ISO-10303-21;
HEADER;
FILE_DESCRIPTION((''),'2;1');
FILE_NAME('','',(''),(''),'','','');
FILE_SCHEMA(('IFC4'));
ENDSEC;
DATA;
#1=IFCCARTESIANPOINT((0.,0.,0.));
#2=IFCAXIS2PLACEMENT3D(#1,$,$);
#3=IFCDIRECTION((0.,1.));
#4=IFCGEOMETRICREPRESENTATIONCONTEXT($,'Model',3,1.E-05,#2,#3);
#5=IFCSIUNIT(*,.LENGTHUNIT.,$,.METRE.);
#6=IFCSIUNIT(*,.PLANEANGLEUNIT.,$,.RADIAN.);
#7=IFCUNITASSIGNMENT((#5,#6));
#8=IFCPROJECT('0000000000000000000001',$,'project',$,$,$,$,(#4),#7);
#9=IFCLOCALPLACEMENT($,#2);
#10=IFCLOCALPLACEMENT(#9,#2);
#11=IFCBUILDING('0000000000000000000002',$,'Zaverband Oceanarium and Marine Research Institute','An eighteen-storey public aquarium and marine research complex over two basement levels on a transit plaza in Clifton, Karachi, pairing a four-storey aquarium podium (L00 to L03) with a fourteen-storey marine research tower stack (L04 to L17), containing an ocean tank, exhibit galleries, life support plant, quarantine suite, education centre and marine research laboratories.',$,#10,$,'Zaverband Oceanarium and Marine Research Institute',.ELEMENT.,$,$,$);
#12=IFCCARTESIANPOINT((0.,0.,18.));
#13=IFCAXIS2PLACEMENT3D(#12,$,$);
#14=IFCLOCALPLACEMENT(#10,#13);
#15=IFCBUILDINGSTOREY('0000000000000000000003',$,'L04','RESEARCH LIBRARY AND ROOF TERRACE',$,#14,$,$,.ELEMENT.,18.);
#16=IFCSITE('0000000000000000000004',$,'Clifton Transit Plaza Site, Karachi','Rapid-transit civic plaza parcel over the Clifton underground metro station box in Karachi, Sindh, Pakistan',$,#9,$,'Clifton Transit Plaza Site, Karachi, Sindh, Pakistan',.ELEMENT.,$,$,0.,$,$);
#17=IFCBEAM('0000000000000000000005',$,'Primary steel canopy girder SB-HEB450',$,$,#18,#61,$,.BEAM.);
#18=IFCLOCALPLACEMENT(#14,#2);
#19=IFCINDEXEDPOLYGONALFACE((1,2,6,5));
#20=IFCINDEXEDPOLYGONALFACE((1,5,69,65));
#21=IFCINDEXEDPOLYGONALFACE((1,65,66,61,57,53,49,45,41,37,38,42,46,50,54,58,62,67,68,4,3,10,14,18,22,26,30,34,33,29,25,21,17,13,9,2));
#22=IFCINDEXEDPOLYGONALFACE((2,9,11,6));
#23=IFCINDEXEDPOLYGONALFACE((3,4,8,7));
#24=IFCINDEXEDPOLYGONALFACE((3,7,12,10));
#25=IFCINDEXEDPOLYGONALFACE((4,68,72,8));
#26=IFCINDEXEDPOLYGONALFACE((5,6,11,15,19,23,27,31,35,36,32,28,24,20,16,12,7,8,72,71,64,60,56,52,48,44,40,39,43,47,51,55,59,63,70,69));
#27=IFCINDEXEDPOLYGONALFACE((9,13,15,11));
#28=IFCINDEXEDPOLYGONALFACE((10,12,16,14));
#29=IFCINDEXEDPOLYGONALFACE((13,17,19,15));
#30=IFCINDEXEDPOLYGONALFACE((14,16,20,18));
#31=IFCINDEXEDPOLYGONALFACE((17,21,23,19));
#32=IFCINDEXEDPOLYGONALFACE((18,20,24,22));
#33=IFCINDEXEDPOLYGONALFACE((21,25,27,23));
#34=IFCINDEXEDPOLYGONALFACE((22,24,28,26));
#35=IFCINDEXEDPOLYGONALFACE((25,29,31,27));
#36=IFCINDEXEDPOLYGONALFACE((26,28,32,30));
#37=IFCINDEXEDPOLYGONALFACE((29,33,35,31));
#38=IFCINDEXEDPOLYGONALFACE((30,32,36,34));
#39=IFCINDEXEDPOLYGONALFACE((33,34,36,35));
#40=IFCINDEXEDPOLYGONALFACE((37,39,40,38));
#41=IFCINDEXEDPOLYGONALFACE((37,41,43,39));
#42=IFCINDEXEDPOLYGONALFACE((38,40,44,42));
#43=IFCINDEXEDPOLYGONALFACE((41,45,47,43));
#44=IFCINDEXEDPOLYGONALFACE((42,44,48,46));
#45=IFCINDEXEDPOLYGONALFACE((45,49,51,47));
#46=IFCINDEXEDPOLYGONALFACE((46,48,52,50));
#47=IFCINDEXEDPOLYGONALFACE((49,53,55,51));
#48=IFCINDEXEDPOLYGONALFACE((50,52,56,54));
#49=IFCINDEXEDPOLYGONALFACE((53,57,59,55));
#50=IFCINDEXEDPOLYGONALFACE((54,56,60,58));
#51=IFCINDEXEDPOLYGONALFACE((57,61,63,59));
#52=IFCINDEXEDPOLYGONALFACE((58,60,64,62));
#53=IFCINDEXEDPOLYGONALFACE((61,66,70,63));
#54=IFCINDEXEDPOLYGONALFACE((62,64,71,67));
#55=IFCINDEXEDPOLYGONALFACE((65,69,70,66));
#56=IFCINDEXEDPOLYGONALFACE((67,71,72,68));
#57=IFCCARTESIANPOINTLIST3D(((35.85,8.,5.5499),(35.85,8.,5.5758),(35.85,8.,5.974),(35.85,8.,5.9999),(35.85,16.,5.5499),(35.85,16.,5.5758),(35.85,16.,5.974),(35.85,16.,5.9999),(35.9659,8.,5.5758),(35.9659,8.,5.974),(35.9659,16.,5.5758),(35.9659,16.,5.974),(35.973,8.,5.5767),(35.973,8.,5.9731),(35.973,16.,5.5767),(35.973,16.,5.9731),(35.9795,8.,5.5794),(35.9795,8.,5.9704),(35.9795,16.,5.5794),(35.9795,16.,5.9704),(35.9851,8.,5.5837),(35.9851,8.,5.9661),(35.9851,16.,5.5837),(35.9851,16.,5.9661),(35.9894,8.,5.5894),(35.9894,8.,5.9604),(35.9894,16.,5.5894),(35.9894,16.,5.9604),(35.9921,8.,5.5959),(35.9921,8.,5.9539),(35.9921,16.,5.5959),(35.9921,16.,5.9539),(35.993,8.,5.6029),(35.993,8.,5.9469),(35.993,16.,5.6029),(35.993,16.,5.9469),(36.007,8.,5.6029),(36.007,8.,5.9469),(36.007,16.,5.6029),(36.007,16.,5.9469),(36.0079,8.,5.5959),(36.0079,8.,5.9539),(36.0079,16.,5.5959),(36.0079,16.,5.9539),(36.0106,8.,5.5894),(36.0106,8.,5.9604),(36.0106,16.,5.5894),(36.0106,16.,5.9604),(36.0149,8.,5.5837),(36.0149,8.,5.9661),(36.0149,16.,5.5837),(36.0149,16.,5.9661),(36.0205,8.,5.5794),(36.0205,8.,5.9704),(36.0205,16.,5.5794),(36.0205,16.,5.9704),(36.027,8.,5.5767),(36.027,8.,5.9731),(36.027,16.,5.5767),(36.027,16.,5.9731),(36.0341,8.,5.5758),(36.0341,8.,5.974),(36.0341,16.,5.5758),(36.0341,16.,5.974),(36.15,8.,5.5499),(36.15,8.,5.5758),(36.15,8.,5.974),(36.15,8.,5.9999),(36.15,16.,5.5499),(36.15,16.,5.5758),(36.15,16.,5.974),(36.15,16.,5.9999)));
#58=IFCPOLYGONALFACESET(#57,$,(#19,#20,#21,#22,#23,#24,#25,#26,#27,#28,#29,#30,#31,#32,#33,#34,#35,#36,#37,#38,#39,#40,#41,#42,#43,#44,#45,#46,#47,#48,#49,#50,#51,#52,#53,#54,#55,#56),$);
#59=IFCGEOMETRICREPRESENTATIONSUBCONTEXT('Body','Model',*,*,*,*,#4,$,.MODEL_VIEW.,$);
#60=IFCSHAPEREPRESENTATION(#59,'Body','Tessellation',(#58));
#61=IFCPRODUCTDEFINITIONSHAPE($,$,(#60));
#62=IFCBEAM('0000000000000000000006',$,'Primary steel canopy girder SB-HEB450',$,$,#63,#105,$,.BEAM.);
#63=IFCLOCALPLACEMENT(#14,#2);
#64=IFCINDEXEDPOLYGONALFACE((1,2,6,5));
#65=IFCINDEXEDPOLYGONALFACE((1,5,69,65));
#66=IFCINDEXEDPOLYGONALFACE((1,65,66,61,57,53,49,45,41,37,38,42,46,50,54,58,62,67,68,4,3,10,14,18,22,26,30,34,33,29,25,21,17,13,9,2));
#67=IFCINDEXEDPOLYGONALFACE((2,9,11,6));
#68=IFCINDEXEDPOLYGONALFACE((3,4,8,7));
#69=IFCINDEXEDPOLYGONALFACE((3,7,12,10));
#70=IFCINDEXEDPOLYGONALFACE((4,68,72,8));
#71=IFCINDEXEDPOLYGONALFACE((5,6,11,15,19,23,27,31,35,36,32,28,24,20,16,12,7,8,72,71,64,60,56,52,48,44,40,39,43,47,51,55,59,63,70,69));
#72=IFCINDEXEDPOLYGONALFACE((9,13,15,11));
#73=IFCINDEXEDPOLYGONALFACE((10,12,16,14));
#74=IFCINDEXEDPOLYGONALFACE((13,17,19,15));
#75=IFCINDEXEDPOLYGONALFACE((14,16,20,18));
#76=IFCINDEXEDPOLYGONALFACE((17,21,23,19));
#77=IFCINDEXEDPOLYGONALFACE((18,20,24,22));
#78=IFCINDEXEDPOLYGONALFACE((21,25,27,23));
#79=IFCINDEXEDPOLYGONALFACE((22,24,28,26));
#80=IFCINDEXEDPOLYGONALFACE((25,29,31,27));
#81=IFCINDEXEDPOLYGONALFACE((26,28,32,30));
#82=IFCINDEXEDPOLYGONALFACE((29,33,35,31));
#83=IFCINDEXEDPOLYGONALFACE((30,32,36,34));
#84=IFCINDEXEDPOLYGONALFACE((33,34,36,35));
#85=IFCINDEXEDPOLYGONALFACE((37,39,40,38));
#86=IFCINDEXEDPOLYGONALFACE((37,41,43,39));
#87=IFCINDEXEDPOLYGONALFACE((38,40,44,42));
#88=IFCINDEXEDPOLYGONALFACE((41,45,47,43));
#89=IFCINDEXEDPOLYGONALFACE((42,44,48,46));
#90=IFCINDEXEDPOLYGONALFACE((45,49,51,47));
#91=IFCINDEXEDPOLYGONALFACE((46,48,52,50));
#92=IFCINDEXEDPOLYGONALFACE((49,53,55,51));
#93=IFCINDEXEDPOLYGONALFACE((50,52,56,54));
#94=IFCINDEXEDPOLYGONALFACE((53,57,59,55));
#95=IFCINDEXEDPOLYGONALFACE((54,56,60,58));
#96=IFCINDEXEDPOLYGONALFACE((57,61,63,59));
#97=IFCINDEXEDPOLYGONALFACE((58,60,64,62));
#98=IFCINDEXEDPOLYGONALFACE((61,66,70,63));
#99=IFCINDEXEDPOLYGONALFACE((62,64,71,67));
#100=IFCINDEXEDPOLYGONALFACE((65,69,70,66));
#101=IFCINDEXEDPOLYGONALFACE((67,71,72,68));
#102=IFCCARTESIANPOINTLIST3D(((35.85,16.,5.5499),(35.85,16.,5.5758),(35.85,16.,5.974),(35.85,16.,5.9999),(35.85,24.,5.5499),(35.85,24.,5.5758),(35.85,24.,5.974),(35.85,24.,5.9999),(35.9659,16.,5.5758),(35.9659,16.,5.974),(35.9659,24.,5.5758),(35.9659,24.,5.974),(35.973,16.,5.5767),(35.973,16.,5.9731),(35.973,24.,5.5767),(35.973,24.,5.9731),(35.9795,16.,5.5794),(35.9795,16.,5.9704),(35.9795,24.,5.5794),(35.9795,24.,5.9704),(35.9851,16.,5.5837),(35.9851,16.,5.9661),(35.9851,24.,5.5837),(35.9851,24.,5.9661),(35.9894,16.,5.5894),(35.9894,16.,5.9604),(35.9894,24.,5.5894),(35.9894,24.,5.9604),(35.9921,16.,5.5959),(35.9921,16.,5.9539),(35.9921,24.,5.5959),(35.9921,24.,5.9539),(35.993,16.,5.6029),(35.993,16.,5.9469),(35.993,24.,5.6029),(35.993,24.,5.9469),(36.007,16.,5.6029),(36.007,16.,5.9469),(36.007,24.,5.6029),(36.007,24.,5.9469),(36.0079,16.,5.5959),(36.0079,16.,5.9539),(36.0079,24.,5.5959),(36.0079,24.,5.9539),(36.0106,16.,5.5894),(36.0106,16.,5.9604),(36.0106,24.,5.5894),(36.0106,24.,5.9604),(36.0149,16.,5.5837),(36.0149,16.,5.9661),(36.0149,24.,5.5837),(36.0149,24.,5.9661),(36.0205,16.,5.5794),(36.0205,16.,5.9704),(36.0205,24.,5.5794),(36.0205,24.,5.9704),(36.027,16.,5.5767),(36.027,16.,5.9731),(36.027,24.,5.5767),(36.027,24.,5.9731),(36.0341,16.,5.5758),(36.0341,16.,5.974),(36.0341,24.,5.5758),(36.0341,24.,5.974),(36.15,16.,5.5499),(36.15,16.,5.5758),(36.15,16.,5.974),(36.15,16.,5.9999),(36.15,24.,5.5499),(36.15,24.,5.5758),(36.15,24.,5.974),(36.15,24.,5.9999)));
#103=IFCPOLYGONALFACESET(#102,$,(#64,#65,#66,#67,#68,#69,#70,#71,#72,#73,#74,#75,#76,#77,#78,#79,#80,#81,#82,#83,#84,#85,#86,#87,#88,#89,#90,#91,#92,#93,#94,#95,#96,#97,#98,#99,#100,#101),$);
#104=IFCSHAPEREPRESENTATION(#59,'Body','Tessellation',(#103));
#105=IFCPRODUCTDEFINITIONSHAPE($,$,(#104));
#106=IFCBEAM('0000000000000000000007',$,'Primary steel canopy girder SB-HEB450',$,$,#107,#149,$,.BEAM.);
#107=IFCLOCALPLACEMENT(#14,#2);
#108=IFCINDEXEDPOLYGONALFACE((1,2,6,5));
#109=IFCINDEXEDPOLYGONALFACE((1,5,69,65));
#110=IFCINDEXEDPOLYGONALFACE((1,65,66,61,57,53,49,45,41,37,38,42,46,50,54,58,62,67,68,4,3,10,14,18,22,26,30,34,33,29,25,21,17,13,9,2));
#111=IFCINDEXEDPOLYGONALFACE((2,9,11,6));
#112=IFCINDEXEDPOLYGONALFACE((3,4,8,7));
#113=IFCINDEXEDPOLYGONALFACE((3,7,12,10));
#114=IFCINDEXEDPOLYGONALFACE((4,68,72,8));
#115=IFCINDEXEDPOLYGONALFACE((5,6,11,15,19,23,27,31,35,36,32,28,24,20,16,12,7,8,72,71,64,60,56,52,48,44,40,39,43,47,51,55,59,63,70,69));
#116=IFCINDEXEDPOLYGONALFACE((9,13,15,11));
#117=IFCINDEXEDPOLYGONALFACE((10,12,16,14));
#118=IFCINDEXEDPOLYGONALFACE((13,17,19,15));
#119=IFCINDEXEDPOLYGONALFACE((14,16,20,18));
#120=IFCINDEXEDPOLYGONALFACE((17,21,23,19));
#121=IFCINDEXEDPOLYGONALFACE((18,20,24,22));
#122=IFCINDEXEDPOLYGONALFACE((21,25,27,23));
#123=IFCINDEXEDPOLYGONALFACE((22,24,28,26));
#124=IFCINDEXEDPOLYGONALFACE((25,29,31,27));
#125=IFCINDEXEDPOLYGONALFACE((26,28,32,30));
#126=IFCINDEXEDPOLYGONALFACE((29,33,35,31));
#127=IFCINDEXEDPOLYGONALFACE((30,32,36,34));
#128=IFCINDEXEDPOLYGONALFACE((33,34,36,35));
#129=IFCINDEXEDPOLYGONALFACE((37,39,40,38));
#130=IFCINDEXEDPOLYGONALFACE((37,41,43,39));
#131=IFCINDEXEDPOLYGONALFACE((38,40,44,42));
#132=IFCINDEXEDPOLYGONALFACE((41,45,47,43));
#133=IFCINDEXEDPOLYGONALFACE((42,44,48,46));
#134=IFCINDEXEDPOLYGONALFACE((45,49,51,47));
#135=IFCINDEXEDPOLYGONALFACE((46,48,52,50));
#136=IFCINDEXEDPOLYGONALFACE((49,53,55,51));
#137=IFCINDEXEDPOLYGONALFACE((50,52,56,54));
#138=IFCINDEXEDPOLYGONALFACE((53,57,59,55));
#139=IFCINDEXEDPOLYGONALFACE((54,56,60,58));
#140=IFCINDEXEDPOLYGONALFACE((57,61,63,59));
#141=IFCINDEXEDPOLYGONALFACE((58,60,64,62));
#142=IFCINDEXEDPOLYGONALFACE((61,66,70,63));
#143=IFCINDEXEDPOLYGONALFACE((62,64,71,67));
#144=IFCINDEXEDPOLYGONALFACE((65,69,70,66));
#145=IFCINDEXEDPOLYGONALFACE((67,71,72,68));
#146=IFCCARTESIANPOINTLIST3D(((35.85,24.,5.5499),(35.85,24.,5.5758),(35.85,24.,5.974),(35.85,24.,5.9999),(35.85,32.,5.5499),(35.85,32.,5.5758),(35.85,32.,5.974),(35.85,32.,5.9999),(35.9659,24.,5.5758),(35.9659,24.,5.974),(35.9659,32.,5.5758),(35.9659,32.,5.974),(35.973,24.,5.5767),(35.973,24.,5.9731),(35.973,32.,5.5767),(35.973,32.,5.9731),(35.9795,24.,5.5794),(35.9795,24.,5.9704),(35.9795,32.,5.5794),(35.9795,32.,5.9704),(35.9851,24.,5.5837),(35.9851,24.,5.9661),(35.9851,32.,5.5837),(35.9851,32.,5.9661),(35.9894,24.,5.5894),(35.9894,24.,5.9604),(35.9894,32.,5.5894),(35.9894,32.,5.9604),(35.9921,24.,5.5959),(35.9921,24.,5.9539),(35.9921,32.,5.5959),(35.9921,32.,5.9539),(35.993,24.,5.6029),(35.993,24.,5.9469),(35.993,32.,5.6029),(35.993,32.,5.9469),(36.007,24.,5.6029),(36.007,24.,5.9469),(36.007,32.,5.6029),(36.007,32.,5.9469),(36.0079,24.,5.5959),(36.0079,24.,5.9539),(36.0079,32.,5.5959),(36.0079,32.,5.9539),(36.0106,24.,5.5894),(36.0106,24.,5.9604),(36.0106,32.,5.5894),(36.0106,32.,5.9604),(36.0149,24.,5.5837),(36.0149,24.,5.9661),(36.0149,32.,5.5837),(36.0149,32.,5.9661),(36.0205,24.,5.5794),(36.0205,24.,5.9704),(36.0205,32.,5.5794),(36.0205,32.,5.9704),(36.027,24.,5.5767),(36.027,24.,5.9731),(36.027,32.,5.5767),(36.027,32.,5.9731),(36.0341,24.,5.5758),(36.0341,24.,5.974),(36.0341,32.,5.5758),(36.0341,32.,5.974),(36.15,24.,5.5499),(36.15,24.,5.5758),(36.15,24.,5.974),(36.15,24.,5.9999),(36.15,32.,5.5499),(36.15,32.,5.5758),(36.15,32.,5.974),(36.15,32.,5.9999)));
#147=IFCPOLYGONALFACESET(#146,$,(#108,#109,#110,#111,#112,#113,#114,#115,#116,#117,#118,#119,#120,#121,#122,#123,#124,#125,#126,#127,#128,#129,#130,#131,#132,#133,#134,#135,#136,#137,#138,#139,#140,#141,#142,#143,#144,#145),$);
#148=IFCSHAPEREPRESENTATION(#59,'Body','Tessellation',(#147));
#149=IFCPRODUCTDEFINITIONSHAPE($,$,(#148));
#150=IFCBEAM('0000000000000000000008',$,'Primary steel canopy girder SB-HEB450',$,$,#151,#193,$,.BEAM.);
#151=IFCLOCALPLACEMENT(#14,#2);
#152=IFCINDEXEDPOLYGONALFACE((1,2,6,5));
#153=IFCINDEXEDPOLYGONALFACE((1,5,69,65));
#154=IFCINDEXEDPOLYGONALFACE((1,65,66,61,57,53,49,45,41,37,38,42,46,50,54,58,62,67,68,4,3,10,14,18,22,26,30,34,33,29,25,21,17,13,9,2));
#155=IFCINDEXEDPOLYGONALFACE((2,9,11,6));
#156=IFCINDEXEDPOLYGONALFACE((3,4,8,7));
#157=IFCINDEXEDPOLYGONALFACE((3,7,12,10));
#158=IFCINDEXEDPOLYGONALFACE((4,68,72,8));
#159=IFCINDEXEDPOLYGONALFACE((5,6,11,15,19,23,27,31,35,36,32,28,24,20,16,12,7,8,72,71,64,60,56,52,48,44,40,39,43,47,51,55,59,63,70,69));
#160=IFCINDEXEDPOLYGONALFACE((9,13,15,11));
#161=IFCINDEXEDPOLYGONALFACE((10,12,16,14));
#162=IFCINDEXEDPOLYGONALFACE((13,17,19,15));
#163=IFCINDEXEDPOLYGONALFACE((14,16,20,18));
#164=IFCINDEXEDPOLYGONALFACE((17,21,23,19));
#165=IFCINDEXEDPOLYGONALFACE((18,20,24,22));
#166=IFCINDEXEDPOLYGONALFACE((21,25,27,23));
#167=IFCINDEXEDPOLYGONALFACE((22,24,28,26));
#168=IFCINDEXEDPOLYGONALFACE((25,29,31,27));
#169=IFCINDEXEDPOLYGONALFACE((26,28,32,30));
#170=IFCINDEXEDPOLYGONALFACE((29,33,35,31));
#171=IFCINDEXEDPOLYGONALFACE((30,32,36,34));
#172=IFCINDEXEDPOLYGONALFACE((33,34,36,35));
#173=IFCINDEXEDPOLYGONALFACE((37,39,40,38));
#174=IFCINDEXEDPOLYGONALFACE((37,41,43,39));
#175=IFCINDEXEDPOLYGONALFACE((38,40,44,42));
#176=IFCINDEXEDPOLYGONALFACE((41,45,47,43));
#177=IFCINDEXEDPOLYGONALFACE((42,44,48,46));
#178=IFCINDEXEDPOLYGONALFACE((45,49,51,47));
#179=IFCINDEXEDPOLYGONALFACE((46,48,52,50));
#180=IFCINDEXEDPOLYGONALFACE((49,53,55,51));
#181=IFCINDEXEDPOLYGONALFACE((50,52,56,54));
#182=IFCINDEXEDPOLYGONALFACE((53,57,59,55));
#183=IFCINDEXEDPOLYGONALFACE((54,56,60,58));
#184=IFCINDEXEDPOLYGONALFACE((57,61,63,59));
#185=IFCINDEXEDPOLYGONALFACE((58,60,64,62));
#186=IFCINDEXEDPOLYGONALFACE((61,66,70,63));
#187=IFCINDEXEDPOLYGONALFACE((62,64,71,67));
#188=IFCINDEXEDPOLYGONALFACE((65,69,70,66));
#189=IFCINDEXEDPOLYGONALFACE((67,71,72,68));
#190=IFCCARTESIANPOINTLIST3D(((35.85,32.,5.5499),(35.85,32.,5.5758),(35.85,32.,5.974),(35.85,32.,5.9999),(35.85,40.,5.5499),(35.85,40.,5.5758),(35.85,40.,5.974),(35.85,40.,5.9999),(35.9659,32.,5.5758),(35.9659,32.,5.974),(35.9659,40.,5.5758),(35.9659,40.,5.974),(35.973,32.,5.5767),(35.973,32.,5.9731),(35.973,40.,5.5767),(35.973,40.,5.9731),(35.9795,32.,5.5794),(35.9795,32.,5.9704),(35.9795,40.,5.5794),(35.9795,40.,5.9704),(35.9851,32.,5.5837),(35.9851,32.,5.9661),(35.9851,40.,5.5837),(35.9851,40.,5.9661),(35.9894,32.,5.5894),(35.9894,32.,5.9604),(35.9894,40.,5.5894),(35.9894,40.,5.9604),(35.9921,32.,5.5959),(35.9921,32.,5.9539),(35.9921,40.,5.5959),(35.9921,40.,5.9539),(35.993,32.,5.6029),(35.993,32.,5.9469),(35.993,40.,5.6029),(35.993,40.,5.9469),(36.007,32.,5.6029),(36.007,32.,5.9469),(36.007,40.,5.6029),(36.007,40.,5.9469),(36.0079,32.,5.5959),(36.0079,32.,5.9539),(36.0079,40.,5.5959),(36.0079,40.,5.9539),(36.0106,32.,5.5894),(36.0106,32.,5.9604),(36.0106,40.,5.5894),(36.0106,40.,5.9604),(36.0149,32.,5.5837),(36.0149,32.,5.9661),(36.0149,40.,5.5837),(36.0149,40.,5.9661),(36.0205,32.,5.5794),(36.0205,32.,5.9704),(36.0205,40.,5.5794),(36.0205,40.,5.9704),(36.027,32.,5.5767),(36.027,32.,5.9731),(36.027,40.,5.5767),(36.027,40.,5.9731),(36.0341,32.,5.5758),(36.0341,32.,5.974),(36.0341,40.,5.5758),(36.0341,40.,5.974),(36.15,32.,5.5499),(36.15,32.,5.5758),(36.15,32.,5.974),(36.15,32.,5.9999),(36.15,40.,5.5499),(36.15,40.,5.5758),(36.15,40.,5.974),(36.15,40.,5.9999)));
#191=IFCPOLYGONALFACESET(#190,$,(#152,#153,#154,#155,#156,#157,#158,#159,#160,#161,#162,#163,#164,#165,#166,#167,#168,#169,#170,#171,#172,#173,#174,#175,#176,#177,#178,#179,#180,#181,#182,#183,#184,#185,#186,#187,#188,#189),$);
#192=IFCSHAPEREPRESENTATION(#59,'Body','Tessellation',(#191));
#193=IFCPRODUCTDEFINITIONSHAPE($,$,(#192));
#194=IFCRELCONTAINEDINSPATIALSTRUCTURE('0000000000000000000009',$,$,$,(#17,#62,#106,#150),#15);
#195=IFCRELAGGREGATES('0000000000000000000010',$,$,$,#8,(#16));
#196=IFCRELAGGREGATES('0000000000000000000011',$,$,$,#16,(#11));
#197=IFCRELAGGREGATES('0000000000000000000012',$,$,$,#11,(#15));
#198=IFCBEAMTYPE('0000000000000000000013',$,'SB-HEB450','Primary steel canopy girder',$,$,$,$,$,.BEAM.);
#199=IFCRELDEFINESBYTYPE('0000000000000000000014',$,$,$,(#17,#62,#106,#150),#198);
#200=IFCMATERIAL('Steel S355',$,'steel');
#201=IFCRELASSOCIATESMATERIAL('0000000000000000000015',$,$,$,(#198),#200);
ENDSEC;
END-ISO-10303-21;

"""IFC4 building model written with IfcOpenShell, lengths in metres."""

from ifc_helpers import new_model, si_unit, direction, frame, origin, origin_2d, place, context, subcontext, project, spatial, i_section, extrude, material, material_profile, profile_set, type_object, element, save


model = new_model("IFC4")

# Units and contexts
model_context = context("Model", 3, precision=1e-05, world=origin(), true_north=direction((0.0, 1.0)))
body_context = subcontext(model_context, "Body", "Model", "MODEL_VIEW")
ifc_project = project(units=[si_unit("LENGTHUNIT", "METRE"), si_unit("PLANEANGLEUNIT", "RADIAN")], contexts=[model_context])

# Site, building, storey
site_placement = place(None, origin())
site = spatial("IfcSite", under=ifc_project, at=site_placement, Name="Clifton Transit Plaza Site, Karachi", Description="Rapid-transit civic plaza parcel over the Clifton underground metro station box in Karachi, Sindh, Pakistan", LongName="Clifton Transit Plaza Site, Karachi, Sindh, Pakistan", CompositionType="ELEMENT", RefElevation=0.0)
building_placement = place(site_placement, origin())
building = spatial("IfcBuilding", under=site, at=building_placement, Name="Zaverband Oceanarium and Marine Research Institute", Description="An eighteen-storey public aquarium and marine research complex over two basement levels on a transit plaza in Clifton, Karachi, pairing a four-storey aquarium podium (L00 to L03) with a fourteen-storey marine research tower stack (L04 to L17), containing an ocean tank, exhibit galleries, life support plant, quarantine suite, education centre and marine research laboratories.", LongName="Zaverband Oceanarium and Marine Research Institute", CompositionType="ELEMENT")
storey_placement = place(building_placement, frame((0.0, 0.0, 18.0)))
storey = spatial("IfcBuildingStorey", under=building, at=storey_placement, Name="L04", Description="RESEARCH LIBRARY AND ROOF TERRACE", CompositionType="ELEMENT", Elevation=18.0)

# Beams
ifc_material_1 = material(Name="Steel S355", Category="steel")
ifc_material_profile_1 = material_profile(ifc_material_1, i_section(OverallWidth=0.3, OverallDepth=0.45, WebThickness=0.0139, FlangeThickness=0.0259, FilletRadius=0.0271, at=origin_2d()), Name="HEB450")
ifc_profile_set_1 = profile_set([ifc_material_profile_1], Name="Steel S355")
beam_type = type_object("IfcBeamType", Name="SB-HEB450", Description="Primary steel canopy girder", PredefinedType="BEAM", material=ifc_profile_set_1)
for number, where, z_axis, x_axis, name in (
    (1, (36.0, 8.0, 5.7749), (0.0, 1.0, 0.0), (-1.0, 0.0, 0.0), "Primary steel canopy girder SB-HEB450"),
    (2, (36.0, 16.0, 5.7749), (0.0, 1.0, 0.0), (-1.0, 0.0, 0.0), "Primary steel canopy girder SB-HEB450"),
    (3, (36.0, 24.0, 5.7749), (0.0, 1.0, 0.0), (-1.0, 0.0, 0.0), "Primary steel canopy girder SB-HEB450"),
    (4, (36.0, 32.0, 5.7749), (0.0, 1.0, 0.0), (-1.0, 0.0, 0.0), "Primary steel canopy girder SB-HEB450"),
):
    element("IfcBeam", number, at=place(storey_placement, frame(where, z_axis=z_axis, x_axis=x_axis)), inside=storey, type_object=beam_type, Name=name, PredefinedType="BEAM", context=body_context, shape_type="SweptSolid", body=[
        extrude(i_section(OverallWidth=0.3, OverallDepth=0.45, WebThickness=0.0139, FlangeThickness=0.0259, FilletRadius=0.0271, at=origin_2d()), origin(), (0.0, 0.0, 1.0), 8.0),
    ])

save(model, "model.ifc")
